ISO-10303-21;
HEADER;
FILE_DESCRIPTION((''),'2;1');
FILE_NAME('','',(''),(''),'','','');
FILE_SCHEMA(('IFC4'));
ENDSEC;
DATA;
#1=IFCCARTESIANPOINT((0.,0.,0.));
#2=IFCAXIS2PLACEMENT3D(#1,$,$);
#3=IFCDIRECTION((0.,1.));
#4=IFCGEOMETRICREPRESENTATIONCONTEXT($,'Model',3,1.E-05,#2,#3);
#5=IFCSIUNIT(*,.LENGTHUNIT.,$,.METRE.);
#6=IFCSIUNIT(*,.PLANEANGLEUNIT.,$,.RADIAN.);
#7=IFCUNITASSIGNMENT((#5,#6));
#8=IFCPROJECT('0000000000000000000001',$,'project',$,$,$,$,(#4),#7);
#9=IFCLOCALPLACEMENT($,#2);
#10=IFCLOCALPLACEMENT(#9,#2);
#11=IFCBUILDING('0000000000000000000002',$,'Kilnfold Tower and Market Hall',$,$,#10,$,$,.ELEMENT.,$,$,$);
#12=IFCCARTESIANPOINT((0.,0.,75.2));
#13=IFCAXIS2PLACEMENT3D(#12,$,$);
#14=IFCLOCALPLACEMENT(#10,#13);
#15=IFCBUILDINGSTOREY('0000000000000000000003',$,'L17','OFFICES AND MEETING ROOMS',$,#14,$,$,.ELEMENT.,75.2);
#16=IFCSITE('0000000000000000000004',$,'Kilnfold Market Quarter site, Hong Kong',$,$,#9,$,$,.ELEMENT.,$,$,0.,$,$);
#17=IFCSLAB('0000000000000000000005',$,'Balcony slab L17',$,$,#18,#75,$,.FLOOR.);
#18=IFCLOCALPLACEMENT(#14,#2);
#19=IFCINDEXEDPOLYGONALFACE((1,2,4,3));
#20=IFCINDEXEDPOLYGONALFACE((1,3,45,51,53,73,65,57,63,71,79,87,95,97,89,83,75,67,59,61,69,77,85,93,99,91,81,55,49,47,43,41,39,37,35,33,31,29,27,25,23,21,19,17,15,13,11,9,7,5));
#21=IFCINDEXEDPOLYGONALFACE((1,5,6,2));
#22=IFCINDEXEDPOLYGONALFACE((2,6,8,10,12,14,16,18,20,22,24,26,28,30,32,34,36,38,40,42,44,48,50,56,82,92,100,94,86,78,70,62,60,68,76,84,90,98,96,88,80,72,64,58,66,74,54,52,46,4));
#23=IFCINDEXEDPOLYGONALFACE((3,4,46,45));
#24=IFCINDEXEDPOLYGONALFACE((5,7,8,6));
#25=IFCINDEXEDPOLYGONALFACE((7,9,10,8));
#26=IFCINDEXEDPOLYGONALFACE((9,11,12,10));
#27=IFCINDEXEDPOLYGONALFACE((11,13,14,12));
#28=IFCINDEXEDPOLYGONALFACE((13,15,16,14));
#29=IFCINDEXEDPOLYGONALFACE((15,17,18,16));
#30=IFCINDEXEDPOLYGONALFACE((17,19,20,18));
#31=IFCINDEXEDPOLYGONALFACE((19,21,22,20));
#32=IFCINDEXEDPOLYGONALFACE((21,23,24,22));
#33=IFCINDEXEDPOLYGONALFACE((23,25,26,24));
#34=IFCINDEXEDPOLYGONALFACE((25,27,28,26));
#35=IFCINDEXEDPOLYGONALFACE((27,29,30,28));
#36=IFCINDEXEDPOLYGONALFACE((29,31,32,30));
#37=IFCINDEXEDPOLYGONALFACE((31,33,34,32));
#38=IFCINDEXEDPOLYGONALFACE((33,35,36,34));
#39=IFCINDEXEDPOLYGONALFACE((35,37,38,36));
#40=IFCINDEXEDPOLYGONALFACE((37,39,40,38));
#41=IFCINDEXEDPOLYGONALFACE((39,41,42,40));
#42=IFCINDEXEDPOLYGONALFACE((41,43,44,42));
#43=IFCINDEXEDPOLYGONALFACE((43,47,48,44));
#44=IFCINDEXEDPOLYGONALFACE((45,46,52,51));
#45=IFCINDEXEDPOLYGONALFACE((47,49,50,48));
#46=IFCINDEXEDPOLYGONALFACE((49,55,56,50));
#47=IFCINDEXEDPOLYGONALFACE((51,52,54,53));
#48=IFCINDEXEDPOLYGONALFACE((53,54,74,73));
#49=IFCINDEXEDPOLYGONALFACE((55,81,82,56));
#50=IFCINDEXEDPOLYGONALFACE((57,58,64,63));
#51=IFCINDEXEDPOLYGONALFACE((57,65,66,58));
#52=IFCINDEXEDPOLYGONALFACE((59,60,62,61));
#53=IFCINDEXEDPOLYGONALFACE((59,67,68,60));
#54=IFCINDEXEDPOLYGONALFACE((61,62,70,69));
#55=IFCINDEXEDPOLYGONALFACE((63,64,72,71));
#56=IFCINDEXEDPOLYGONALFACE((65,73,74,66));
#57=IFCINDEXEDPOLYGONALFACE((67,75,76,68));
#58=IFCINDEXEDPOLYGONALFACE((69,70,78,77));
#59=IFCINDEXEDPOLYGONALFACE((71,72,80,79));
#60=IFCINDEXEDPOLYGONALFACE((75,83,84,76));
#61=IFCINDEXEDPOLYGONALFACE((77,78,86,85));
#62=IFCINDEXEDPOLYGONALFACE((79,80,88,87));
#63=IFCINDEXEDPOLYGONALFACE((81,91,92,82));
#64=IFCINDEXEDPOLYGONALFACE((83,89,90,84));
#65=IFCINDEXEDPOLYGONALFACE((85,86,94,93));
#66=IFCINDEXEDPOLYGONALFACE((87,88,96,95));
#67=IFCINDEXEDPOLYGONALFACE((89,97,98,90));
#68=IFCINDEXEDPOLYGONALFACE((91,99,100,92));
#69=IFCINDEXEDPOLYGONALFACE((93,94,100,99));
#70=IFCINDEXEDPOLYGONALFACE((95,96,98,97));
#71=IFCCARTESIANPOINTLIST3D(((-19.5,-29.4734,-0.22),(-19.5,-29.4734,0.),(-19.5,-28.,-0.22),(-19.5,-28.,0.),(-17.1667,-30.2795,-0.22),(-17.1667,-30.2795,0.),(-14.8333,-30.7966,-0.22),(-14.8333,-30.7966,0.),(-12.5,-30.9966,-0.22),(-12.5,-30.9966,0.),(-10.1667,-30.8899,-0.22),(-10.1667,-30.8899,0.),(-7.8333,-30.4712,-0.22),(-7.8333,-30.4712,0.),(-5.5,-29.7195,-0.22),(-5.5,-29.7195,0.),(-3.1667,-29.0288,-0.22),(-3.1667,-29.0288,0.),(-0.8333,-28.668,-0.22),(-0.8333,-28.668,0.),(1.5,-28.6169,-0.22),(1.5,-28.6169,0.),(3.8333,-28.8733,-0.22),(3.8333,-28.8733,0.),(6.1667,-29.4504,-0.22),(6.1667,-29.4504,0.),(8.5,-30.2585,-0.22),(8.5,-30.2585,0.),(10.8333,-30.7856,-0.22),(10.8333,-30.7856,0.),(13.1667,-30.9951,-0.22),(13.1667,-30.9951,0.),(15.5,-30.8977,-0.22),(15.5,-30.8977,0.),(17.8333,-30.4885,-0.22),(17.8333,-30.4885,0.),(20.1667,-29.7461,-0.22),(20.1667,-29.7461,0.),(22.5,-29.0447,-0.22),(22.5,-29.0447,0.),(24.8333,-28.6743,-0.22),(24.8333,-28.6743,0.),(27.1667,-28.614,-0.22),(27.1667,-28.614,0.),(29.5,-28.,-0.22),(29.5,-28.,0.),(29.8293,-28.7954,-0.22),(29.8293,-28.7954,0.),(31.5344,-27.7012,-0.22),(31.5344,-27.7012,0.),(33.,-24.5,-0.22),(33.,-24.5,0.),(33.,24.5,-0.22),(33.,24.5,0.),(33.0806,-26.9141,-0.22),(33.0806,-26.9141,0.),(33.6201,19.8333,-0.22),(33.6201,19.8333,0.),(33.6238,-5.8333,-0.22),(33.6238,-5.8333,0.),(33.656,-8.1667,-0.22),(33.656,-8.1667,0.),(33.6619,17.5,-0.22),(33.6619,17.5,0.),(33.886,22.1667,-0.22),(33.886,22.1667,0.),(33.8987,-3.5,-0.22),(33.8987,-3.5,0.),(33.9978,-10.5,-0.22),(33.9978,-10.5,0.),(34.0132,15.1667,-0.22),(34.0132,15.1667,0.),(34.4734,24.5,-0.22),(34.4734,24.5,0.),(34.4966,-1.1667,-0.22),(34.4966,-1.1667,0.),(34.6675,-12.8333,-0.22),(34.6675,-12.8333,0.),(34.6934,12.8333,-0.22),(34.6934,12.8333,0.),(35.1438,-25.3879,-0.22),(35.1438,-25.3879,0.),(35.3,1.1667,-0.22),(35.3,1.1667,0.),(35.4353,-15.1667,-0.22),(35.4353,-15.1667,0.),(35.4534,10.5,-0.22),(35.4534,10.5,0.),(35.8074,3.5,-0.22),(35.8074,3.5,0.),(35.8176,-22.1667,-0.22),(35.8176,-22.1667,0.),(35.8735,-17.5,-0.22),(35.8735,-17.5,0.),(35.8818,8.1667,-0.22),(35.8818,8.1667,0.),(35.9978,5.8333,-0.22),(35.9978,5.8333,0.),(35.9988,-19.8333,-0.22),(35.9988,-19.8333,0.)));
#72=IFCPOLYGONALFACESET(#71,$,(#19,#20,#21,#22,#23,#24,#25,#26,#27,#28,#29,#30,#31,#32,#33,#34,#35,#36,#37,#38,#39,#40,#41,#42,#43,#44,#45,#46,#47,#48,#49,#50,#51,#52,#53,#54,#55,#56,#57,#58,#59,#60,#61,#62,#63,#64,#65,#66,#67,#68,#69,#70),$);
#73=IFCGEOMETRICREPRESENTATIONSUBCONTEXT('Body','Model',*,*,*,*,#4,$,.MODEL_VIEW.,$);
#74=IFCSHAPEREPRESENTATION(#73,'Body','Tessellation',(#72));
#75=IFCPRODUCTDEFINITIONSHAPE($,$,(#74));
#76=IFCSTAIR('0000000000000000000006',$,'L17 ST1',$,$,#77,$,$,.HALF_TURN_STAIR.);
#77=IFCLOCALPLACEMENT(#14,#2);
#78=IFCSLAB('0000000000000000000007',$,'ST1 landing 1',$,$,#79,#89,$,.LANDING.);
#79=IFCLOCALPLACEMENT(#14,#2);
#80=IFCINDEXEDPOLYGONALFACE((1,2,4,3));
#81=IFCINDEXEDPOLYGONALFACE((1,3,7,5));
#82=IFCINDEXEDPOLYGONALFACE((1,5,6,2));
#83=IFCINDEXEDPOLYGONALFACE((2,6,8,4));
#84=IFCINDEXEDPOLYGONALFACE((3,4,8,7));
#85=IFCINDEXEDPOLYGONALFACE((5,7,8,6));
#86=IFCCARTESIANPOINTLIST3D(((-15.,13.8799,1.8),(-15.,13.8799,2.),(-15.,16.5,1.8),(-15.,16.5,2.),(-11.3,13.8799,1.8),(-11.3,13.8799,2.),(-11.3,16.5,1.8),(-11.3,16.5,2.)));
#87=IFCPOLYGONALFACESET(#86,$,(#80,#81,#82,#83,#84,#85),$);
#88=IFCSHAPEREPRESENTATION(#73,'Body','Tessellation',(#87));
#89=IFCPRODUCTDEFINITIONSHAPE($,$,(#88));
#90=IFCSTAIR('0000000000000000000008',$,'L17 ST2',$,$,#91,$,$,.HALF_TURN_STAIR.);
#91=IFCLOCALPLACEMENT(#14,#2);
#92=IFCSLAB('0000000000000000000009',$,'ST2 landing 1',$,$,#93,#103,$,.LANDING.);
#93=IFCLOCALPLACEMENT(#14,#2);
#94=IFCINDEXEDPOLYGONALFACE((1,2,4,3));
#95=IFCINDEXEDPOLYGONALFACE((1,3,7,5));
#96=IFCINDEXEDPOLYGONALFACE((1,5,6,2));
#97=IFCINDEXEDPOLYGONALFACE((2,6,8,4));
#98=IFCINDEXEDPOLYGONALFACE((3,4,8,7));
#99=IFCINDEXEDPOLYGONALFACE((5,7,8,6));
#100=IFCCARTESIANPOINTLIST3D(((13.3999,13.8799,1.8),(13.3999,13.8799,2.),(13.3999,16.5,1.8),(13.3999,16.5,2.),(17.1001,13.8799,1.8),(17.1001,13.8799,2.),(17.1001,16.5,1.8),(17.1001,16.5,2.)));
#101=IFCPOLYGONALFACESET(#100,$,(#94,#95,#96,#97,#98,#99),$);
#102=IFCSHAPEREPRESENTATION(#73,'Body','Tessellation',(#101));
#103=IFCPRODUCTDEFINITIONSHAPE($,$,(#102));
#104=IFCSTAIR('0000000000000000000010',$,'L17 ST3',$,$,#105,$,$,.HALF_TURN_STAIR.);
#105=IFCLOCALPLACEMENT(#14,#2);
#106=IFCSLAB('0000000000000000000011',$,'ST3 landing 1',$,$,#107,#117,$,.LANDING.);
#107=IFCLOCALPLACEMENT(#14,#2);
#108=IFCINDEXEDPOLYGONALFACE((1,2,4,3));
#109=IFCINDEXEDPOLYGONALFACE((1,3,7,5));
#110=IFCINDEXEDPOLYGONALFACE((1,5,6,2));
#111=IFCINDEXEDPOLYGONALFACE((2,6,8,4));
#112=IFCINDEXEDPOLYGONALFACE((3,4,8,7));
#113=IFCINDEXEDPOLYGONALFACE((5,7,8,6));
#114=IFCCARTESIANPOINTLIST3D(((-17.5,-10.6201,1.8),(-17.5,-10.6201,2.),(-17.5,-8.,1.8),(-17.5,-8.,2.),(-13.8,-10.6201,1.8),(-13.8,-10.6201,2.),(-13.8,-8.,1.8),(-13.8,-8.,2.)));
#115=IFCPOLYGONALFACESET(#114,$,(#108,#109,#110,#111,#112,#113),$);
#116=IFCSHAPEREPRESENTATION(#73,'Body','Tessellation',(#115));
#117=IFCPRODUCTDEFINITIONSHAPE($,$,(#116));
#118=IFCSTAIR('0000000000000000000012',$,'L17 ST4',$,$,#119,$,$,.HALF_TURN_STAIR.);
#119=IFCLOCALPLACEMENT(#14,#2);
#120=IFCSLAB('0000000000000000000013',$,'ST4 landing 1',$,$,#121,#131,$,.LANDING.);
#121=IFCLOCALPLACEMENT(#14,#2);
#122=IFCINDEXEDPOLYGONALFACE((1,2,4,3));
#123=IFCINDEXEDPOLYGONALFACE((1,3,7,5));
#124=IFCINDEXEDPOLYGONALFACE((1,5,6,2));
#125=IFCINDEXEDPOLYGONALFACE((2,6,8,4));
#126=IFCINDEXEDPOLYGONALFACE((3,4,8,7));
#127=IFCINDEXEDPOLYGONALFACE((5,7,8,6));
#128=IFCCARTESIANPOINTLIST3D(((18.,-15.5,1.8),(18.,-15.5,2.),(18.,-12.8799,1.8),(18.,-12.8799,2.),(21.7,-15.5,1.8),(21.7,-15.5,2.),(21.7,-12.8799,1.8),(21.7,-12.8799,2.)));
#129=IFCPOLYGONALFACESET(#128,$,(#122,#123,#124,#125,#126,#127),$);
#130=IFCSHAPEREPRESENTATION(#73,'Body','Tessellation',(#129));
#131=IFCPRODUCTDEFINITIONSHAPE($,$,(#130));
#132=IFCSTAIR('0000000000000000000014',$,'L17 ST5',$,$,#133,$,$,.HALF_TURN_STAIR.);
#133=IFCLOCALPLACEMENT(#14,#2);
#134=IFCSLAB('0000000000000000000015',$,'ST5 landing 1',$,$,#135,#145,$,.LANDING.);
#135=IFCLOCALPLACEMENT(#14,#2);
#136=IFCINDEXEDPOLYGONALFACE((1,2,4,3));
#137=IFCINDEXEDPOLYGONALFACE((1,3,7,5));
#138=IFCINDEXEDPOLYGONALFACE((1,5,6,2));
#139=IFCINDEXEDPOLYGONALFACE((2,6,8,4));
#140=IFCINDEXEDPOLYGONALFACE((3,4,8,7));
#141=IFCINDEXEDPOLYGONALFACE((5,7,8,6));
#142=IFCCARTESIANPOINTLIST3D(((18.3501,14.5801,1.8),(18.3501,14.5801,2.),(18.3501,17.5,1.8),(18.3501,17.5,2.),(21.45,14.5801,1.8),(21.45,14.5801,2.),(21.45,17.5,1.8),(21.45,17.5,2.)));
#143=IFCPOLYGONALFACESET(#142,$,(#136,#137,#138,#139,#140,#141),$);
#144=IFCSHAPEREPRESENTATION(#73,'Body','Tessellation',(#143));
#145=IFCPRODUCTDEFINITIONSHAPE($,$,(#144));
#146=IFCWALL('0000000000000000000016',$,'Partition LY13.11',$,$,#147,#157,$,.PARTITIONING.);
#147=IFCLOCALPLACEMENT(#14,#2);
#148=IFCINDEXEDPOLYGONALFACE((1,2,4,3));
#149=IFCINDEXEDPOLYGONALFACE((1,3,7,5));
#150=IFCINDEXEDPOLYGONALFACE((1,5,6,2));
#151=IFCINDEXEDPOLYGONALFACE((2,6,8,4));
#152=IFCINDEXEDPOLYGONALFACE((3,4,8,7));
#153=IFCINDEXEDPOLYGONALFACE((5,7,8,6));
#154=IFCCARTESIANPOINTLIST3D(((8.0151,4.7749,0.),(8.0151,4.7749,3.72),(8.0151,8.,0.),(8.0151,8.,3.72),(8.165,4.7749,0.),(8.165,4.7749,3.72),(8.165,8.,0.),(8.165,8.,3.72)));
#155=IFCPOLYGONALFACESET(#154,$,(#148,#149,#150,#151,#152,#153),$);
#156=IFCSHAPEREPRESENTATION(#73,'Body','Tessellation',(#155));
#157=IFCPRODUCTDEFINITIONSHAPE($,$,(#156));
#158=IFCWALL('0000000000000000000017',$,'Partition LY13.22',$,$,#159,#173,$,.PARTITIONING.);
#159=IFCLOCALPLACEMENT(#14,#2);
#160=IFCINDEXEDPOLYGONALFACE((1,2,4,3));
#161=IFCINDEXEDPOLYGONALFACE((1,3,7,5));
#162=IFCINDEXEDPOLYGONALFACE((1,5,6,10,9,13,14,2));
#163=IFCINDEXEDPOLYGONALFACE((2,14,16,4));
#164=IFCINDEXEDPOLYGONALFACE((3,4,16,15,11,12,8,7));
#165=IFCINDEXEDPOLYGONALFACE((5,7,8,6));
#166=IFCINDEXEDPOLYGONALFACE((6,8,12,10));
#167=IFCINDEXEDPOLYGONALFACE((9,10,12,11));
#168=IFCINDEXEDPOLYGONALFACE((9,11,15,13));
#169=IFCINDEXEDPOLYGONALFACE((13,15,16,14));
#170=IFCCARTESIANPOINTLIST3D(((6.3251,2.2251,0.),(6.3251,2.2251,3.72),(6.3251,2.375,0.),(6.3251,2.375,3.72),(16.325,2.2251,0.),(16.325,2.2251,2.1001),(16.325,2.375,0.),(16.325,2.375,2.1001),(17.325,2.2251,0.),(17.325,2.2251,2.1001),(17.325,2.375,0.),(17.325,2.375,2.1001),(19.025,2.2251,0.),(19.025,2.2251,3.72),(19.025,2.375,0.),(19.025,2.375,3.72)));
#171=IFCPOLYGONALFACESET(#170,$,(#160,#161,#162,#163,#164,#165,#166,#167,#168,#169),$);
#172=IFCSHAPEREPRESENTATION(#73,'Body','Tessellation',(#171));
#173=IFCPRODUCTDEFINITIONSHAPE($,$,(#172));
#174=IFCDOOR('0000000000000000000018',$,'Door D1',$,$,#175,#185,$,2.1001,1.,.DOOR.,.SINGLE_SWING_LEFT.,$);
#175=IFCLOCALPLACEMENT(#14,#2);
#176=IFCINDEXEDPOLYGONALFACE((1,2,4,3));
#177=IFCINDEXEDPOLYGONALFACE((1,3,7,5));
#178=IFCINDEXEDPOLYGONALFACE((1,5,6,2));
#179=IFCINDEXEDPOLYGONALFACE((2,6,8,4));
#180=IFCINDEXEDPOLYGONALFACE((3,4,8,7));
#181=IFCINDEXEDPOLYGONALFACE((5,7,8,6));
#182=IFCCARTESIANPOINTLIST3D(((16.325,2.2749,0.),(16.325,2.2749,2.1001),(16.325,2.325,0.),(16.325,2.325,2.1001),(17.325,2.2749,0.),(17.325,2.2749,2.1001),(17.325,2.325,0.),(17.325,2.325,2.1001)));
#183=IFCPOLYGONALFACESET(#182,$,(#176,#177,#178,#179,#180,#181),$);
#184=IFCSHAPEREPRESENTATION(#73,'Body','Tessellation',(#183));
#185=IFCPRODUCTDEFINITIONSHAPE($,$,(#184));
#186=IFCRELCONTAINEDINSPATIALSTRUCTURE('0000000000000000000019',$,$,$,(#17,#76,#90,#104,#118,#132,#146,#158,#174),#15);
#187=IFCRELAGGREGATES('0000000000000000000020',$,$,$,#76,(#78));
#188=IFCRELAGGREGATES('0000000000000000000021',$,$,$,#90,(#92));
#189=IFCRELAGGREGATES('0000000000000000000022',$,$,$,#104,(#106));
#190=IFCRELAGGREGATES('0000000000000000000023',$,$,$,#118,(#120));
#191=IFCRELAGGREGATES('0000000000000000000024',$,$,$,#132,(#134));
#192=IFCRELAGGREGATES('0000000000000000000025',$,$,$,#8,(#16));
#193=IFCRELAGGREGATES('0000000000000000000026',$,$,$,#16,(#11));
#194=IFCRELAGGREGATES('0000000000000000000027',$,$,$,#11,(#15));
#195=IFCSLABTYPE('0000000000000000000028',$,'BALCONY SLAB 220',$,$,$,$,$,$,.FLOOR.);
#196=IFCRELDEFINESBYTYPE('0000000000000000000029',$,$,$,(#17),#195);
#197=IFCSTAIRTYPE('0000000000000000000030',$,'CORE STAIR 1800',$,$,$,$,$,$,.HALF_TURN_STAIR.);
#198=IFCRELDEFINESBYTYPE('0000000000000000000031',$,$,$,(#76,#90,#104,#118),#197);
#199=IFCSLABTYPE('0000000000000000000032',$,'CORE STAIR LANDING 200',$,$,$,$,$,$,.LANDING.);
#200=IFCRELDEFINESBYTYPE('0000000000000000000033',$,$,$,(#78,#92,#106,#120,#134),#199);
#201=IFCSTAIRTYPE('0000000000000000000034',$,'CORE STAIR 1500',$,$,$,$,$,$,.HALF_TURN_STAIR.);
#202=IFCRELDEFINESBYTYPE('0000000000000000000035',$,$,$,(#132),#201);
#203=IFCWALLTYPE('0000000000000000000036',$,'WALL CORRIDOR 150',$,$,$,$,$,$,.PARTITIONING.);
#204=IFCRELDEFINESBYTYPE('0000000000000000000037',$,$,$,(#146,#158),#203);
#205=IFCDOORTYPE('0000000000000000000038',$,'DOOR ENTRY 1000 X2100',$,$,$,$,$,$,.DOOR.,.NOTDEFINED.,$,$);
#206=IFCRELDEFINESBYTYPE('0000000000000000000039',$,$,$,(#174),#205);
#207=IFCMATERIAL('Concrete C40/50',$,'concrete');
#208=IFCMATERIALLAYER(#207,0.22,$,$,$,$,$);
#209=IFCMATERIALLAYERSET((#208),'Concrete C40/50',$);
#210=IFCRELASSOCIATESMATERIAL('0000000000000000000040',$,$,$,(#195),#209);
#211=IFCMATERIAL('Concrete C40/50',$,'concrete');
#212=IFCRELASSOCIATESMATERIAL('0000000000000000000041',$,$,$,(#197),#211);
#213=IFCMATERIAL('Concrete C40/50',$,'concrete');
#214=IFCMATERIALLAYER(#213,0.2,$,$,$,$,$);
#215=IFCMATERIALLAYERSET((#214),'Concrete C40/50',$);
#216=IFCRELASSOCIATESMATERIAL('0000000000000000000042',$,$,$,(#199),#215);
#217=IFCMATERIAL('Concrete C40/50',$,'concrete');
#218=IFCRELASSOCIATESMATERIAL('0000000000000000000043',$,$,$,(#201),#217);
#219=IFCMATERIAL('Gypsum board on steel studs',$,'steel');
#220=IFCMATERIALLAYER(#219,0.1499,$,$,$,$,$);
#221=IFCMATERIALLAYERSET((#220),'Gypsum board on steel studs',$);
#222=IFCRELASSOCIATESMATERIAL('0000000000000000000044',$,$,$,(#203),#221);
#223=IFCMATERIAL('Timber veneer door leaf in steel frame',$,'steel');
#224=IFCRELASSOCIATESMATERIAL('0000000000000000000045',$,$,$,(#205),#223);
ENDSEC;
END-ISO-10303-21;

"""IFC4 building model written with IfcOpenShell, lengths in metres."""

from ifc_helpers import new_model, si_unit, direction, frame, frame_2d, origin, place, context, subcontext, project, spatial, polyline, rectangle, outline, extrude, source, transform, mapped, material, layer, layer_set, type_object, element, fill, aggregate, save


model = new_model("IFC4")

# Units and contexts
model_context = context("Model", 3, precision=1e-05, world=origin(), true_north=direction((0.0, 1.0)))
body_context = subcontext(model_context, "Body", "Model", "MODEL_VIEW")
ifc_project = project(units=[si_unit("LENGTHUNIT", "METRE"), si_unit("PLANEANGLEUNIT", "RADIAN")], contexts=[model_context])

# Site, building, storey
site_placement = place(None, origin())
site = spatial("IfcSite", under=ifc_project, at=site_placement, Name="Kilnfold Market Quarter site, Hong Kong", CompositionType="ELEMENT", RefElevation=0.0)
building_placement = place(site_placement, origin())
building = spatial("IfcBuilding", under=site, at=building_placement, Name="Kilnfold Tower and Market Hall", CompositionType="ELEMENT")
storey_placement = place(building_placement, frame((0.0, 0.0, 75.2)))
storey = spatial("IfcBuildingStorey", under=building, at=storey_placement, Name="L17", Description="OFFICES AND MEETING ROOMS", CompositionType="ELEMENT", Elevation=75.2)

# Slab
ifc_material_1 = material(Name="Concrete C40/50", Category="concrete")
ifc_layer_1 = layer(ifc_material_1, 0.22)
ifc_layer_set_1 = layer_set([ifc_layer_1], Name="Concrete C40/50")
slab_type_1 = type_object("IfcSlabType", Name="BALCONY SLAB 220", PredefinedType="FLOOR", material=ifc_layer_set_1)
shared_shape_1 = source(origin(), body_context, "Body", "SweptSolid", [
    extrude(outline(polyline([(-19.5, -28.0), (29.5, -28.0), (33.0, -24.5), (33.0, 24.5), (34.4734, 24.5), (33.886, 22.1667), (33.6201, 19.8333), (33.6619, 17.5), (34.0132, 15.1667), (34.6934, 12.8333), (35.4534, 10.5), (35.8818, 8.1667), (35.9978, 5.8333), (35.8074, 3.5), (35.3, 1.1667), (34.4966, -1.1667), (33.8987, -3.5), (33.6238, -5.8333), (33.656, -8.1667), (33.9978, -10.5), (34.6675, -12.8333), (35.4353, -15.1667), (35.8735, -17.5), (35.9988, -19.8333), (35.8176, -22.1667), (35.1438, -25.3879), (33.0806, -26.9141), (31.5344, -27.7012), (29.8293, -28.7954), (27.1667, -28.614), (24.8333, -28.6743), (22.5, -29.0447), (20.1667, -29.7461), (17.8333, -30.4885), (15.5, -30.8977), (13.1667, -30.9951), (10.8333, -30.7856), (8.5, -30.2585), (6.1667, -29.4504), (3.8333, -28.8733), (1.5, -28.6169), (-0.8333, -28.668), (-3.1667, -29.0288), (-5.5, -29.7195), (-7.8333, -30.4712), (-10.1667, -30.8899), (-12.5, -30.9966), (-14.8333, -30.7966), (-17.1667, -30.2795), (-19.5, -29.4734), (-19.5, -28.0)])), origin(), (0.0, 0.0, 1.0), 0.22),
])
slab_1_placement = place(storey_placement, frame((0.0, 0.0, -0.22)))
element("IfcSlab", 1, at=slab_1_placement, inside=storey, type_object=slab_type_1, Name="Balcony slab L17", PredefinedType="FLOOR", context=body_context, shape_type="MappedRepresentation", body=[
    mapped(shared_shape_1, transform((0.0, 0.0, 0.0))),
])

# Stairs, slabs
ifc_material_2 = material(Name="Concrete C40/50", Category="concrete")
stair_type_1 = type_object("IfcStairType", Name="CORE STAIR 1800", PredefinedType="HALF_TURN_STAIR", material=ifc_material_2)
stair_1_placement = place(storey_placement, origin())
stair_1 = element("IfcStair", 2, at=stair_1_placement, inside=storey, type_object=stair_type_1, Name="L17 ST1", PredefinedType="HALF_TURN_STAIR")
ifc_material_3 = material(Name="Concrete C40/50", Category="concrete")
ifc_layer_2 = layer(ifc_material_3, 0.2)
ifc_layer_set_2 = layer_set([ifc_layer_2], Name="Concrete C40/50")
slab_type_2 = type_object("IfcSlabType", Name="CORE STAIR LANDING 200", PredefinedType="LANDING", material=ifc_layer_set_2)
shared_shape_2 = source(origin(), body_context, "Body", "SweptSolid", [
    extrude(outline(polyline([(-11.3, 13.8799), (-11.3, 16.5), (-15.0, 16.5), (-15.0, 13.8799), (-11.3, 13.8799)])), origin(), (0.0, 0.0, 1.0), 0.2),
])
slab_2_placement = place(storey_placement, frame((0.0, 0.0, 1.8)))
slab_2 = element("IfcSlab", 3, at=slab_2_placement, type_object=slab_type_2, Name="ST1 landing 1", PredefinedType="LANDING", context=body_context, shape_type="MappedRepresentation", body=[
    mapped(shared_shape_2, transform((0.0, 0.0, 0.0))),
])
aggregate(stair_1, [slab_2])
stair_2_placement = place(storey_placement, origin())
stair_2 = element("IfcStair", 4, at=stair_2_placement, inside=storey, type_object=stair_type_1, Name="L17 ST2", PredefinedType="HALF_TURN_STAIR")
shared_shape_3 = source(origin(), body_context, "Body", "SweptSolid", [
    extrude(outline(polyline([(17.1001, 13.8799), (17.1001, 16.5), (13.3999, 16.5), (13.3999, 13.8799), (17.1001, 13.8799)])), origin(), (0.0, 0.0, 1.0), 0.2),
])
slab_3_placement = place(storey_placement, frame((0.0, 0.0, 1.8)))
slab_3 = element("IfcSlab", 5, at=slab_3_placement, type_object=slab_type_2, Name="ST2 landing 1", PredefinedType="LANDING", context=body_context, shape_type="MappedRepresentation", body=[
    mapped(shared_shape_3, transform((0.0, 0.0, 0.0))),
])
aggregate(stair_2, [slab_3])
stair_3_placement = place(storey_placement, origin())
stair_3 = element("IfcStair", 6, at=stair_3_placement, inside=storey, type_object=stair_type_1, Name="L17 ST3", PredefinedType="HALF_TURN_STAIR")
shared_shape_4 = source(origin(), body_context, "Body", "SweptSolid", [
    extrude(outline(polyline([(-13.8, -10.6201), (-13.8, -8.0), (-17.5, -8.0), (-17.5, -10.6201), (-13.8, -10.6201)])), origin(), (0.0, 0.0, 1.0), 0.2),
])
slab_4_placement = place(storey_placement, frame((0.0, 0.0, 1.8)))
slab_4 = element("IfcSlab", 7, at=slab_4_placement, type_object=slab_type_2, Name="ST3 landing 1", PredefinedType="LANDING", context=body_context, shape_type="MappedRepresentation", body=[
    mapped(shared_shape_4, transform((0.0, 0.0, 0.0))),
])
aggregate(stair_3, [slab_4])
stair_4_placement = place(storey_placement, origin())
stair_4 = element("IfcStair", 8, at=stair_4_placement, inside=storey, type_object=stair_type_1, Name="L17 ST4", PredefinedType="HALF_TURN_STAIR")
shared_shape_5 = source(origin(), body_context, "Body", "SweptSolid", [
    extrude(outline(polyline([(18.0, -12.8799), (18.0, -15.5), (21.7, -15.5), (21.7, -12.8799), (18.0, -12.8799)])), origin(), (0.0, 0.0, 1.0), 0.2),
])
slab_5_placement = place(storey_placement, frame((0.0, 0.0, 1.8)))
slab_5 = element("IfcSlab", 9, at=slab_5_placement, type_object=slab_type_2, Name="ST4 landing 1", PredefinedType="LANDING", context=body_context, shape_type="MappedRepresentation", body=[
    mapped(shared_shape_5, transform((0.0, 0.0, 0.0))),
])
aggregate(stair_4, [slab_5])
ifc_material_4 = material(Name="Concrete C40/50", Category="concrete")
stair_type_2 = type_object("IfcStairType", Name="CORE STAIR 1500", PredefinedType="HALF_TURN_STAIR", material=ifc_material_4)
stair_5_placement = place(storey_placement, origin())
stair_5 = element("IfcStair", 10, at=stair_5_placement, inside=storey, type_object=stair_type_2, Name="L17 ST5", PredefinedType="HALF_TURN_STAIR")
shared_shape_6 = source(origin(), body_context, "Body", "SweptSolid", [
    extrude(outline(polyline([(21.45, 14.5801), (21.45, 17.5), (18.3501, 17.5), (18.3501, 14.5801), (21.45, 14.5801)])), origin(), (0.0, 0.0, 1.0), 0.2),
])
slab_6_placement = place(storey_placement, frame((0.0, 0.0, 1.8)))
slab_6 = element("IfcSlab", 11, at=slab_6_placement, type_object=slab_type_2, Name="ST5 landing 1", PredefinedType="LANDING", context=body_context, shape_type="MappedRepresentation", body=[
    mapped(shared_shape_6, transform((0.0, 0.0, 0.0))),
])
aggregate(stair_5, [slab_6])

# Wall
ifc_material_5 = material(Name="Gypsum board on steel studs", Category="steel")
ifc_layer_3 = layer(ifc_material_5, 0.1499)
ifc_layer_set_3 = layer_set([ifc_layer_3], Name="Gypsum board on steel studs")
wall_type_1 = type_object("IfcWallType", Name="WALL CORRIDOR 150", PredefinedType="PARTITIONING", material=ifc_layer_set_3)
wall_1_placement = place(storey_placement, frame((8.0901, 8.0, 0.0), z_axis=(0.0, 0.0, 1.0), x_axis=(0.0, -1.0, 0.0)))
element("IfcWall", 12, at=wall_1_placement, inside=storey, type_object=wall_type_1, Name="Partition LY13.11", PredefinedType="PARTITIONING", context=body_context, shape_type="SweptSolid", body=[
    extrude(rectangle(XDim=3.2251, YDim=0.1499, at=frame_2d((1.6125, 0.0))), origin(), (0.0, 0.0, 1.0), 3.72),
])

# Wall, opening, door
wall_2_placement = place(storey_placement, frame((6.325, 2.3, 0.0), z_axis=(0.0, 0.0, 1.0), x_axis=(1.0, 0.0, 0.0)))
wall_2 = element("IfcWall", 13, at=wall_2_placement, inside=storey, type_object=wall_type_1, Name="Partition LY13.22", PredefinedType="PARTITIONING", context=body_context, shape_type="SweptSolid", body=[
    extrude(rectangle(XDim=12.7, YDim=0.1499, at=frame_2d((6.3501, 0.0))), origin(), (0.0, 0.0, 1.0), 3.72),
])
opening_1_placement = place(wall_2_placement, frame((10.0, 0.0, 0.0)))
opening_1 = element("IfcOpeningElement", 14, at=opening_1_placement, cuts=wall_2, PredefinedType="OPENING", context=body_context, shape_type="SweptSolid", body=[
    extrude(rectangle(XDim=1.0, YDim=2.1001, at=frame_2d((0.5, 1.05))), frame((0.0, 0.085, 0.0), z_axis=(0.0, -1.0, 0.0), x_axis=(1.0, 0.0, 0.0)), (0.0, 0.0, 1.0), 0.1699),
])
ifc_material_6 = material(Name="Timber veneer door leaf in steel frame", Category="steel")
door_type_1 = type_object("IfcDoorType", Name="DOOR ENTRY 1000 X2100", OperationType="NOTDEFINED", PredefinedType="DOOR", material=ifc_material_6)
door_1_placement = place(opening_1_placement, origin())
door_1 = element("IfcDoor", 15, at=door_1_placement, inside=storey, type_object=door_type_1, Name="Door D1", OperationType="SINGLE_SWING_LEFT", OverallHeight=2.1001, OverallWidth=1.0, PredefinedType="DOOR", context=body_context, shape_type="SweptSolid", body=[
    extrude(rectangle(XDim=1.0, YDim=2.1001, at=frame_2d((0.5, 1.05))), frame((0.0, 0.0249, 0.0), z_axis=(0.0, -1.0, 0.0), x_axis=(1.0, 0.0, 0.0)), (0.0, 0.0, 1.0), 0.05),
])
fill(opening_1, door_1)

save(model, "model.ifc")
